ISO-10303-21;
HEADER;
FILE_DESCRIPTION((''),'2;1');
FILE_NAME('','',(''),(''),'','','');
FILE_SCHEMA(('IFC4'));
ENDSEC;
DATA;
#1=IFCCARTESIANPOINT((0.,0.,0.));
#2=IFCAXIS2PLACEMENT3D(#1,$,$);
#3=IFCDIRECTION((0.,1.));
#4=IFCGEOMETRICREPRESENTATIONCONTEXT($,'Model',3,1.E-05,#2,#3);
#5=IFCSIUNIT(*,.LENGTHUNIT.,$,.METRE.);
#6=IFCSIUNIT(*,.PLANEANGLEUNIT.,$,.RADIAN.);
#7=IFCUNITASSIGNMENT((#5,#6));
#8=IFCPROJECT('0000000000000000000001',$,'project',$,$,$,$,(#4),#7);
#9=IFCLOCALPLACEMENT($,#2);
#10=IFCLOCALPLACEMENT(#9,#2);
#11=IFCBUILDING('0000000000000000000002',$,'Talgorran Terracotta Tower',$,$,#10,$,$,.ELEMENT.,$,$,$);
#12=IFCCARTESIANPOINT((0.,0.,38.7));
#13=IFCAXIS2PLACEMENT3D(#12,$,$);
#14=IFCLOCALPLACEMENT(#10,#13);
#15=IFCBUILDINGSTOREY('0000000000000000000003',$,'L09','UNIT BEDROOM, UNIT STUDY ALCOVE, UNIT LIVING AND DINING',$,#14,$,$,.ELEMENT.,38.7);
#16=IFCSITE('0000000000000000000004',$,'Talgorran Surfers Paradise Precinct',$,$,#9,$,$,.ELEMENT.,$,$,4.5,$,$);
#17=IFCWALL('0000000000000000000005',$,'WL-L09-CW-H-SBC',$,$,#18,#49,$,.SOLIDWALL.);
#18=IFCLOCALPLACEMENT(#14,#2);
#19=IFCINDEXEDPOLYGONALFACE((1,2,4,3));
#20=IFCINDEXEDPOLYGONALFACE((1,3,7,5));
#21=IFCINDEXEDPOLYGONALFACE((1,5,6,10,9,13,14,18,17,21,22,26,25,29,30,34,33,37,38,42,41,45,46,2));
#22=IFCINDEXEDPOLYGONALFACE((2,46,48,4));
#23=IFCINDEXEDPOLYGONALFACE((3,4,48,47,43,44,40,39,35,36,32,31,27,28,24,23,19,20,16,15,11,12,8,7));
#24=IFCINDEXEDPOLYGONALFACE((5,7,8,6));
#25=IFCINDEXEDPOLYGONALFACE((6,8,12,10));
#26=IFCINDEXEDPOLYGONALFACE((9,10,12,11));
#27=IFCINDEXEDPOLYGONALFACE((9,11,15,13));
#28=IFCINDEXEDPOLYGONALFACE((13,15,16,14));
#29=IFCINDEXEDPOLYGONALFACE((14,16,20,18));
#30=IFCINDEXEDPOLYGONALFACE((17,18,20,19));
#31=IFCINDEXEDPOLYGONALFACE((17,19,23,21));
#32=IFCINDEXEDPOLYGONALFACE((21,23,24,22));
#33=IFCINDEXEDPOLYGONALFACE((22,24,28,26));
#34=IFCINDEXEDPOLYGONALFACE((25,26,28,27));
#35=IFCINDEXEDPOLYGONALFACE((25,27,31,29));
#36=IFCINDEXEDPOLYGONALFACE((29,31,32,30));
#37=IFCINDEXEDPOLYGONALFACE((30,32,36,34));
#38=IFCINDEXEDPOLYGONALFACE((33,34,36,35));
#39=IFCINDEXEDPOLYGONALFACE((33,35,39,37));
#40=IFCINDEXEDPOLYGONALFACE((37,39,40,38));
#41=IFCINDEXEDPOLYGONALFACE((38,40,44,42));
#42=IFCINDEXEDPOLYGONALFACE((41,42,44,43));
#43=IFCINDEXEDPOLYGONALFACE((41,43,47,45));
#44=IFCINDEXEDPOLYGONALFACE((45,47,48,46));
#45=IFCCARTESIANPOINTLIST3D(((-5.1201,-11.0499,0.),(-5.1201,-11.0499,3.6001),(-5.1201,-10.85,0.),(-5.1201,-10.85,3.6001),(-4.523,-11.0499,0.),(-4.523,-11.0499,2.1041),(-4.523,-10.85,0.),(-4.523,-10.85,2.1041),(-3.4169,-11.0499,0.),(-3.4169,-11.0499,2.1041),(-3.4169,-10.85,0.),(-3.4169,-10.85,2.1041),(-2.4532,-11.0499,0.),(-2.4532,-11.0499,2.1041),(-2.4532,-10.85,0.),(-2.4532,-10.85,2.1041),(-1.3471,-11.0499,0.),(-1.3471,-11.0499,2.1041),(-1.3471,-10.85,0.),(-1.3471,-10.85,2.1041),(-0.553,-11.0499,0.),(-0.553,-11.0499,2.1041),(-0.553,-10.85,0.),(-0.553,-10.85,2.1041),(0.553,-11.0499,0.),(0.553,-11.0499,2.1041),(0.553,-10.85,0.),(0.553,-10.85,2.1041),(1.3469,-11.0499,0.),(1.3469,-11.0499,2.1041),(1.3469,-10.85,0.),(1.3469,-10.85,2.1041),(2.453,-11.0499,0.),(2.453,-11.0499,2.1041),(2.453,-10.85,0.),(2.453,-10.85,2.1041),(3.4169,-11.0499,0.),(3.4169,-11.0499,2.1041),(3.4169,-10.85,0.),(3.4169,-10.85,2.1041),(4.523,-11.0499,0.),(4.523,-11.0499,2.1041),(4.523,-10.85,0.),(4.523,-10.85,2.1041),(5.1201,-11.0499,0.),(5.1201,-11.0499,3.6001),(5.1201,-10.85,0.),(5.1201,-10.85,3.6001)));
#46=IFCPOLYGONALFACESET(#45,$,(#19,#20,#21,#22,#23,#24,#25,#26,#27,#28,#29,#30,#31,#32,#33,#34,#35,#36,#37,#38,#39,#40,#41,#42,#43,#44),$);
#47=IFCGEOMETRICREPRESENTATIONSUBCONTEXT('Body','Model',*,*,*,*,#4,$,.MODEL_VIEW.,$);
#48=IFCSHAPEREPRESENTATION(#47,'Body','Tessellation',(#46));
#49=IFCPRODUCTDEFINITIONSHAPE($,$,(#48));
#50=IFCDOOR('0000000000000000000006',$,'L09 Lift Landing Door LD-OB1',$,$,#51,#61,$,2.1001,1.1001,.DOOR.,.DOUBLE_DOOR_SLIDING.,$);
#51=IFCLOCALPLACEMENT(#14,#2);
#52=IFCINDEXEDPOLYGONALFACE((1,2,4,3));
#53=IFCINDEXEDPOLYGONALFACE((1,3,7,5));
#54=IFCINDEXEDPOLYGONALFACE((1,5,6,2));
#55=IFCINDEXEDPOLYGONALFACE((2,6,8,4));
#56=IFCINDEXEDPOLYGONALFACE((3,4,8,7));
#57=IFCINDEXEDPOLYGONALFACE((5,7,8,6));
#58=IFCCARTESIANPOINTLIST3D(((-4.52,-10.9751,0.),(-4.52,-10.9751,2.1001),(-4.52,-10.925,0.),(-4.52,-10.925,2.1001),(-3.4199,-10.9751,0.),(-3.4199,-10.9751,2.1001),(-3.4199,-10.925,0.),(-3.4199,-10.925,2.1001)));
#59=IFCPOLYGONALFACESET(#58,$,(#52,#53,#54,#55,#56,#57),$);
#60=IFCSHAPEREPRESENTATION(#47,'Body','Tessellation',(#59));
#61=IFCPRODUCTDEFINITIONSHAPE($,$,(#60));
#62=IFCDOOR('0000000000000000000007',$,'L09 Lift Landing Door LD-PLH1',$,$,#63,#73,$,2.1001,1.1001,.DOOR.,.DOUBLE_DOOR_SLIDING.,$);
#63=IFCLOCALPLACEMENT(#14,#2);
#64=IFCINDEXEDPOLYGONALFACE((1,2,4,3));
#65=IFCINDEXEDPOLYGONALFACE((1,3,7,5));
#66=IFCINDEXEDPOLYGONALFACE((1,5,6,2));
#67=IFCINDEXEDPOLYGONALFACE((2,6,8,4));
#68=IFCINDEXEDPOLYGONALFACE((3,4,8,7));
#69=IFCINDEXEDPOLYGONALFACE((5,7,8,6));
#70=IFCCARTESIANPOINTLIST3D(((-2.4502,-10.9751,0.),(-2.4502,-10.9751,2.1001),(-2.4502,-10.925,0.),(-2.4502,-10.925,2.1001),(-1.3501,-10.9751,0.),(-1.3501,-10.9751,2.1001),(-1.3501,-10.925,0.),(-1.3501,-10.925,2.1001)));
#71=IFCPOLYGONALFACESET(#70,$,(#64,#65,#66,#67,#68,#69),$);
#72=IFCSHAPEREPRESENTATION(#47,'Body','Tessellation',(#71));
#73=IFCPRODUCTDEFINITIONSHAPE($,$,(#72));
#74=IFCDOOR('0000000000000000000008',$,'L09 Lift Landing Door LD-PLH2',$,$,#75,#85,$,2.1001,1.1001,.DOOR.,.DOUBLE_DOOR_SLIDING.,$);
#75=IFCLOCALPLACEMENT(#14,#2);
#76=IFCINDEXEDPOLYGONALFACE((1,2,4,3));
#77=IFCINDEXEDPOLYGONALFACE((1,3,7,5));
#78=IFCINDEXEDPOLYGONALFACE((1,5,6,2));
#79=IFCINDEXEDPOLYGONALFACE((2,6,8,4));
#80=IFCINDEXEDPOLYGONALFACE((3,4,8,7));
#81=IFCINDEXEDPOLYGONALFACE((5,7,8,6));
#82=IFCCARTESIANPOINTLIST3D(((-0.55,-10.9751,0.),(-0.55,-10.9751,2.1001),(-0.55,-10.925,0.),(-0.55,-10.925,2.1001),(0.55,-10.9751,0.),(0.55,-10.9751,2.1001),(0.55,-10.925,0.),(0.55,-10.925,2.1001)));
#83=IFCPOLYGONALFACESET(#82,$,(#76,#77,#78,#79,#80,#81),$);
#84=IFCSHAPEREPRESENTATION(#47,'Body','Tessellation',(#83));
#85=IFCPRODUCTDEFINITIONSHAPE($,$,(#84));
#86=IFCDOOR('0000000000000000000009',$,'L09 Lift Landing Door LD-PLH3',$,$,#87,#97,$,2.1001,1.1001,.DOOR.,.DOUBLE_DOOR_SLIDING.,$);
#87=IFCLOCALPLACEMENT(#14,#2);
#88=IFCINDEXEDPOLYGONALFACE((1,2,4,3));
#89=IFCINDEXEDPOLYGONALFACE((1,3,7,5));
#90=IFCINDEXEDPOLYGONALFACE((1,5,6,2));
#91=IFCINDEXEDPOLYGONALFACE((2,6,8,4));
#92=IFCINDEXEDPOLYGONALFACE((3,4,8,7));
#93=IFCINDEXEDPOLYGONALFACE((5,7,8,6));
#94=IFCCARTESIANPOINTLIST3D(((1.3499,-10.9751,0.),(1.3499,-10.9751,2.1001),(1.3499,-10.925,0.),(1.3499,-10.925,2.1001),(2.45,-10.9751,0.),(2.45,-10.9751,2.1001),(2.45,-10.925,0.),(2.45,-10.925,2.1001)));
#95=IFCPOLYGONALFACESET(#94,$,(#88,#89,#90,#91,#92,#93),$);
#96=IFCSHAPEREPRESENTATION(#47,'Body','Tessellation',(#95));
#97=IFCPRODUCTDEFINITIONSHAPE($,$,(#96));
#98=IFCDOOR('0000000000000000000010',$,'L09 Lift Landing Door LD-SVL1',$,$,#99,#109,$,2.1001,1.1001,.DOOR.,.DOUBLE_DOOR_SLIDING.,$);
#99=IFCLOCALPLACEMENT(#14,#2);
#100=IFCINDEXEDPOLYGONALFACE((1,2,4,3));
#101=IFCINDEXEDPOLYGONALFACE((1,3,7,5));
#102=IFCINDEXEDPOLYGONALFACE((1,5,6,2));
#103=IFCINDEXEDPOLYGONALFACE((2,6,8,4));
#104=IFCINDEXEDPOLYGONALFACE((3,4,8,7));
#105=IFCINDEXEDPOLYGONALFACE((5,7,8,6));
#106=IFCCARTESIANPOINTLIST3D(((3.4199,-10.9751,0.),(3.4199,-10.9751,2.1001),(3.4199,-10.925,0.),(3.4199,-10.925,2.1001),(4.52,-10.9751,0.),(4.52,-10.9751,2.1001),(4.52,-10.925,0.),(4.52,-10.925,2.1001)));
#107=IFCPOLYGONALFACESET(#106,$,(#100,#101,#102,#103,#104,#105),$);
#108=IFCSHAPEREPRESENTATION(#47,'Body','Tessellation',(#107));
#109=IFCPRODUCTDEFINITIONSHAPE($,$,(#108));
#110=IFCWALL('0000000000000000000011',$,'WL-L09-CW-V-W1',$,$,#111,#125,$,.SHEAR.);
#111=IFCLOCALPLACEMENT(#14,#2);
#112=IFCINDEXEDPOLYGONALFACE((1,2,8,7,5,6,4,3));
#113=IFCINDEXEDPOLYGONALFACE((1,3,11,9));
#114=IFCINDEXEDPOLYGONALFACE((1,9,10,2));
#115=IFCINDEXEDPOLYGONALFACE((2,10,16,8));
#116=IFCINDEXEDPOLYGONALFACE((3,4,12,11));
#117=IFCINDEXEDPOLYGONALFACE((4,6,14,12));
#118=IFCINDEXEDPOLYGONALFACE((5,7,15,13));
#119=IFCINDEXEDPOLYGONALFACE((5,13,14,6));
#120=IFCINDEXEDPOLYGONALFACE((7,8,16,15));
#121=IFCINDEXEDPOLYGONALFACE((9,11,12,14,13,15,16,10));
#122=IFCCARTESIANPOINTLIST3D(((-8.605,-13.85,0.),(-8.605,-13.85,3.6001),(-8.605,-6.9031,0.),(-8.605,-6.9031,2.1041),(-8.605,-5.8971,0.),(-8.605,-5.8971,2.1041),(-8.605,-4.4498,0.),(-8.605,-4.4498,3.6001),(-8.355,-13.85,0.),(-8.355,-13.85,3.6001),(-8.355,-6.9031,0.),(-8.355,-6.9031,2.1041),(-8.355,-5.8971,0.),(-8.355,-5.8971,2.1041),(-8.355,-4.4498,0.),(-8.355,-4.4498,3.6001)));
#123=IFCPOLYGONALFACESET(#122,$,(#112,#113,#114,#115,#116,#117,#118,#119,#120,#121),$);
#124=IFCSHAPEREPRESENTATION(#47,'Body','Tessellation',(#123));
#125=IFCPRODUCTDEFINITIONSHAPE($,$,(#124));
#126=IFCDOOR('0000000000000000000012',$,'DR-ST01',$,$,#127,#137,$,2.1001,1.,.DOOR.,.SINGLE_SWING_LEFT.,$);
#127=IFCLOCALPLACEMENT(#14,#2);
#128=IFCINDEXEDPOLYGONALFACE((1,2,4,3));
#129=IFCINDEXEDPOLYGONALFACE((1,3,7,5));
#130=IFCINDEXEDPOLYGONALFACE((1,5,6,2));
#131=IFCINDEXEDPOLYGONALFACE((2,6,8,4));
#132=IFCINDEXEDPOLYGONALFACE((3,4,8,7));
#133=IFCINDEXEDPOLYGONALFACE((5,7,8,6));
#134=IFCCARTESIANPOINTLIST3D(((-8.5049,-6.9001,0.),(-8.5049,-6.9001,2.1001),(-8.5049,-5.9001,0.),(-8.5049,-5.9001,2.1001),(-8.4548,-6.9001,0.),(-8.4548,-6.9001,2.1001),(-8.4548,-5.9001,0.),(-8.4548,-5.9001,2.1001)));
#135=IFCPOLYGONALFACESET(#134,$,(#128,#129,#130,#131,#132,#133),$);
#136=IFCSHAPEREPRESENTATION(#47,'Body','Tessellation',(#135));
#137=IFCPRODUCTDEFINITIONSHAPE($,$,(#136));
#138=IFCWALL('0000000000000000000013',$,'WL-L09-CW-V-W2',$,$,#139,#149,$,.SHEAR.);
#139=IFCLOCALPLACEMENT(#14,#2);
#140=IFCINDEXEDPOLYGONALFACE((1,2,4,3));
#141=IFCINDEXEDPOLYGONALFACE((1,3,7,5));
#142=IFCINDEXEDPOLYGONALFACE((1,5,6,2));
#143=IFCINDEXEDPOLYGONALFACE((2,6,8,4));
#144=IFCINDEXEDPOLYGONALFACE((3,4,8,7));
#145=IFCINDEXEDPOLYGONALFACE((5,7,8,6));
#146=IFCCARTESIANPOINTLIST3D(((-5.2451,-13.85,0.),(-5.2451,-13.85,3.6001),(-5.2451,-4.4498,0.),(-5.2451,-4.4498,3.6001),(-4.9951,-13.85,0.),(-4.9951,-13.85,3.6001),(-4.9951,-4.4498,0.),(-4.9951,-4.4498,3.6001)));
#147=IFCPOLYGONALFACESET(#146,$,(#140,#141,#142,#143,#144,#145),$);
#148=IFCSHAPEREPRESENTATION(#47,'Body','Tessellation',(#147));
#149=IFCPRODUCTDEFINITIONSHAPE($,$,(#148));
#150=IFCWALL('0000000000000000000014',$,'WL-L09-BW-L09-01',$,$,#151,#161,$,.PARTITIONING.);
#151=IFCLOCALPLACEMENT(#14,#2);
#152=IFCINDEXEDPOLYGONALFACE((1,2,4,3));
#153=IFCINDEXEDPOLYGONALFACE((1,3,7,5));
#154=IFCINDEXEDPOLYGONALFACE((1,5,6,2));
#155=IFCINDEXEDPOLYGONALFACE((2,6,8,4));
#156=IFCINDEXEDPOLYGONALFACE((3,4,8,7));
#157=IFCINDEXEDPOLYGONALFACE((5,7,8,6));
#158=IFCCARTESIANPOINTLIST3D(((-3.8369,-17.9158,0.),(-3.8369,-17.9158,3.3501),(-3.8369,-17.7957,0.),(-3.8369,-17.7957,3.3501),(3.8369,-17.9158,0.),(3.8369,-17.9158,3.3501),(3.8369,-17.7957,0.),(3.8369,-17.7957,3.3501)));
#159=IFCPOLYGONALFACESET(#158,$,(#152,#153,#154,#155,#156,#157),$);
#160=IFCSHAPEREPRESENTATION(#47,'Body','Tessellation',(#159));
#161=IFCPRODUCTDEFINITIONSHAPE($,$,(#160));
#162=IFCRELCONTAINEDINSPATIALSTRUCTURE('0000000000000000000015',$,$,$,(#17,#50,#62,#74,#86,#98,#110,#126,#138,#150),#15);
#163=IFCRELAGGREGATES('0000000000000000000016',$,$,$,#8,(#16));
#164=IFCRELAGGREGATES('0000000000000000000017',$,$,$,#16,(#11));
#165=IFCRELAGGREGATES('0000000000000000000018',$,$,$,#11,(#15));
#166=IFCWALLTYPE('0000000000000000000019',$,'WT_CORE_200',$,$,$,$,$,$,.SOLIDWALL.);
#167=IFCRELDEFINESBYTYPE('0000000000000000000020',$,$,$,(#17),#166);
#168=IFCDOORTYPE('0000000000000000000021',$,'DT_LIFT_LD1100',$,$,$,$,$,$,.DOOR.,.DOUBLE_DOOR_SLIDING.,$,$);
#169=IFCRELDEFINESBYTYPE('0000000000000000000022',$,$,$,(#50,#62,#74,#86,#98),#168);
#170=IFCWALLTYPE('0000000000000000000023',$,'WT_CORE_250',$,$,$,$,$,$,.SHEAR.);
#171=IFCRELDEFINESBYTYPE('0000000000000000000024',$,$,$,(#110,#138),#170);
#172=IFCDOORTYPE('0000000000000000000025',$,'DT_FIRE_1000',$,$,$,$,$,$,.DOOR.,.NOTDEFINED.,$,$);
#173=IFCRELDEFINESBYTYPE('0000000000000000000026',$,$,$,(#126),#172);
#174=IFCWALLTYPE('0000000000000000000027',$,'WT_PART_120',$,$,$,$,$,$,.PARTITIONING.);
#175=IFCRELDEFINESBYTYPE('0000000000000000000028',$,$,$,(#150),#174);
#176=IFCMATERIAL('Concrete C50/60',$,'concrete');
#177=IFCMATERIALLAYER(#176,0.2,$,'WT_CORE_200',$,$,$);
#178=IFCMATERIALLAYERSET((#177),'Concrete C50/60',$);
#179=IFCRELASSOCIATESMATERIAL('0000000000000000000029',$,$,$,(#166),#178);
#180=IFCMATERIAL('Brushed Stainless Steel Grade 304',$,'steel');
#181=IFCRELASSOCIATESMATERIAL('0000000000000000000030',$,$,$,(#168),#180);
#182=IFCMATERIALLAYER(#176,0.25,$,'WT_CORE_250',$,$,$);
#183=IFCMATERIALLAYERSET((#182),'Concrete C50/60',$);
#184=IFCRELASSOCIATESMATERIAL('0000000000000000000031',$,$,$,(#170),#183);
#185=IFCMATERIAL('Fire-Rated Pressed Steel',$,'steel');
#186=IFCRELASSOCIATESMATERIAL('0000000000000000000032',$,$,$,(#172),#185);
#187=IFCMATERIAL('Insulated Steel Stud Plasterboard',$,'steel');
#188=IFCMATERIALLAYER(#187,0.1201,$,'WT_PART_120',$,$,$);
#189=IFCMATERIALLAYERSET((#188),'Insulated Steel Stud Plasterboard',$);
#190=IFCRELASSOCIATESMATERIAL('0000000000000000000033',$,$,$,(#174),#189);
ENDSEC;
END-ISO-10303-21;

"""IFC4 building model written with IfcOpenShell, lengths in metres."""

from ifc_helpers import new_model, si_unit, direction, frame, frame_2d, origin, place, context, subcontext, project, spatial, rectangle, extrude, material, layer, layer_set, type_object, element, fill, save


model = new_model("IFC4")

# Units and contexts
model_context = context("Model", 3, precision=1e-05, world=origin(), true_north=direction((0.0, 1.0)))
body_context = subcontext(model_context, "Body", "Model", "MODEL_VIEW")
ifc_project = project(units=[si_unit("LENGTHUNIT", "METRE"), si_unit("PLANEANGLEUNIT", "RADIAN")], contexts=[model_context])

# Site, building, storey
site_placement = place(None, origin())
site = spatial("IfcSite", under=ifc_project, at=site_placement, Name="Talgorran Surfers Paradise Precinct", CompositionType="ELEMENT", RefElevation=4.5)
building_placement = place(site_placement, origin())
building = spatial("IfcBuilding", under=site, at=building_placement, Name="Talgorran Terracotta Tower", CompositionType="ELEMENT")
storey_placement = place(building_placement, frame((0.0, 0.0, 38.7)))
storey = spatial("IfcBuildingStorey", under=building, at=storey_placement, Name="L09", Description="UNIT BEDROOM, UNIT STUDY ALCOVE, UNIT LIVING AND DINING", CompositionType="ELEMENT", Elevation=38.7)

# Wall, openings, doors
ifc_material_1 = material(Name="Concrete C50/60", Category="concrete")
ifc_layer_1 = layer(ifc_material_1, 0.2, Name="WT_CORE_200")
ifc_layer_set_1 = layer_set([ifc_layer_1], Name="Concrete C50/60")
wall_type_1 = type_object("IfcWallType", Name="WT_CORE_200", PredefinedType="SOLIDWALL", material=ifc_layer_set_1)
ifc_material_2 = material(Name="Brushed Stainless Steel Grade 304", Category="steel")
door_type_1 = type_object("IfcDoorType", Name="DT_LIFT_LD1100", OperationType="DOUBLE_DOOR_SLIDING", PredefinedType="DOOR", material=ifc_material_2)
ifc_material_3 = material(Name="Fire-Rated Pressed Steel", Category="steel")
wall_1_placement = place(storey_placement, frame((-5.1201, -10.95, 0.0), z_axis=(0.0, 0.0, 1.0), x_axis=(1.0, 0.0, 0.0)))
wall_1 = element("IfcWall", 1, at=wall_1_placement, inside=storey, type_object=wall_type_1, Name="WL-L09-CW-H-SBC", PredefinedType="SOLIDWALL", context=body_context, shape_type="SweptSolid", body=[
    extrude(rectangle(XDim=10.2402, YDim=0.2, at=frame_2d((5.1201, 0.0))), origin(), (0.0, 0.0, 1.0), 3.6001),
])
opening_1_placement = place(wall_1_placement, frame((0.6001, 0.0, 0.0)))
opening_1 = element("IfcOpeningElement", 2, at=opening_1_placement, cuts=wall_1, PredefinedType="OPENING", context=body_context, shape_type="SweptSolid", body=[
    extrude(rectangle(XDim=1.1061, YDim=2.1041, at=frame_2d((0.55, 1.052))), frame((0.0, 0.1099, 0.0), z_axis=(0.0, -1.0, 0.0), x_axis=(1.0, 0.0, 0.0)), (0.0, 0.0, 1.0), 0.22),
])
opening_2_placement = place(wall_1_placement, frame((2.6699, 0.0, 0.0)))
opening_2 = element("IfcOpeningElement", 3, at=opening_2_placement, cuts=wall_1, PredefinedType="OPENING", context=body_context, shape_type="SweptSolid", body=[
    extrude(rectangle(XDim=1.1061, YDim=2.1041, at=frame_2d((0.55, 1.052))), frame((0.0, 0.1099, 0.0), z_axis=(0.0, -1.0, 0.0), x_axis=(1.0, 0.0, 0.0)), (0.0, 0.0, 1.0), 0.22),
])
opening_3_placement = place(wall_1_placement, frame((4.5701, 0.0, 0.0)))
opening_3 = element("IfcOpeningElement", 4, at=opening_3_placement, cuts=wall_1, PredefinedType="OPENING", context=body_context, shape_type="SweptSolid", body=[
    extrude(rectangle(XDim=1.1061, YDim=2.1041, at=frame_2d((0.55, 1.052))), frame((0.0, 0.1099, 0.0), z_axis=(0.0, -1.0, 0.0), x_axis=(1.0, 0.0, 0.0)), (0.0, 0.0, 1.0), 0.22),
])
opening_4_placement = place(wall_1_placement, frame((6.47, 0.0, 0.0)))
opening_4 = element("IfcOpeningElement", 5, at=opening_4_placement, cuts=wall_1, PredefinedType="OPENING", context=body_context, shape_type="SweptSolid", body=[
    extrude(rectangle(XDim=1.1061, YDim=2.1041, at=frame_2d((0.55, 1.052))), frame((0.0, 0.1099, 0.0), z_axis=(0.0, -1.0, 0.0), x_axis=(1.0, 0.0, 0.0)), (0.0, 0.0, 1.0), 0.22),
])
opening_5_placement = place(wall_1_placement, frame((8.54, 0.0, 0.0)))
opening_5 = element("IfcOpeningElement", 6, at=opening_5_placement, cuts=wall_1, PredefinedType="OPENING", context=body_context, shape_type="SweptSolid", body=[
    extrude(rectangle(XDim=1.1061, YDim=2.1041, at=frame_2d((0.55, 1.052))), frame((0.0, 0.1099, 0.0), z_axis=(0.0, -1.0, 0.0), x_axis=(1.0, 0.0, 0.0)), (0.0, 0.0, 1.0), 0.22),
])
door_1_placement = place(opening_1_placement, origin())
door_1 = element("IfcDoor", 7, at=door_1_placement, inside=storey, type_object=door_type_1, Name="L09 Lift Landing Door LD-OB1", OperationType="DOUBLE_DOOR_SLIDING", OverallHeight=2.1001, OverallWidth=1.1001, PredefinedType="DOOR", context=body_context, shape_type="SweptSolid", body=[
    extrude(rectangle(XDim=1.1001, YDim=2.1001, at=frame_2d((0.55, 1.05))), frame((0.0, 0.0249, 0.0), z_axis=(0.0, -1.0, 0.0), x_axis=(1.0, 0.0, 0.0)), (0.0, 0.0, 1.0), 0.05),
])
fill(opening_1, door_1)
door_2_placement = place(opening_2_placement, origin())
door_2 = element("IfcDoor", 8, at=door_2_placement, inside=storey, type_object=door_type_1, Name="L09 Lift Landing Door LD-PLH1", OperationType="DOUBLE_DOOR_SLIDING", OverallHeight=2.1001, OverallWidth=1.1001, PredefinedType="DOOR", context=body_context, shape_type="SweptSolid", body=[
    extrude(rectangle(XDim=1.1001, YDim=2.1001, at=frame_2d((0.55, 1.05))), frame((0.0, 0.0249, 0.0), z_axis=(0.0, -1.0, 0.0), x_axis=(1.0, 0.0, 0.0)), (0.0, 0.0, 1.0), 0.05),
])
fill(opening_2, door_2)
door_3_placement = place(opening_3_placement, origin())
door_3 = element("IfcDoor", 9, at=door_3_placement, inside=storey, type_object=door_type_1, Name="L09 Lift Landing Door LD-PLH2", OperationType="DOUBLE_DOOR_SLIDING", OverallHeight=2.1001, OverallWidth=1.1001, PredefinedType="DOOR", context=body_context, shape_type="SweptSolid", body=[
    extrude(rectangle(XDim=1.1001, YDim=2.1001, at=frame_2d((0.55, 1.05))), frame((0.0, 0.0249, 0.0), z_axis=(0.0, -1.0, 0.0), x_axis=(1.0, 0.0, 0.0)), (0.0, 0.0, 1.0), 0.05),
])
fill(opening_3, door_3)
door_4_placement = place(opening_4_placement, origin())
door_4 = element("IfcDoor", 10, at=door_4_placement, inside=storey, type_object=door_type_1, Name="L09 Lift Landing Door LD-PLH3", OperationType="DOUBLE_DOOR_SLIDING", OverallHeight=2.1001, OverallWidth=1.1001, PredefinedType="DOOR", context=body_context, shape_type="SweptSolid", body=[
    extrude(rectangle(XDim=1.1001, YDim=2.1001, at=frame_2d((0.55, 1.05))), frame((0.0, 0.0249, 0.0), z_axis=(0.0, -1.0, 0.0), x_axis=(1.0, 0.0, 0.0)), (0.0, 0.0, 1.0), 0.05),
])
fill(opening_4, door_4)
door_5_placement = place(opening_5_placement, origin())
door_5 = element("IfcDoor", 11, at=door_5_placement, inside=storey, type_object=door_type_1, Name="L09 Lift Landing Door LD-SVL1", OperationType="DOUBLE_DOOR_SLIDING", OverallHeight=2.1001, OverallWidth=1.1001, PredefinedType="DOOR", context=body_context, shape_type="SweptSolid", body=[
    extrude(rectangle(XDim=1.1001, YDim=2.1001, at=frame_2d((0.55, 1.05))), frame((0.0, 0.0249, 0.0), z_axis=(0.0, -1.0, 0.0), x_axis=(1.0, 0.0, 0.0)), (0.0, 0.0, 1.0), 0.05),
])
fill(opening_5, door_5)

# Wall, opening, door
ifc_layer_2 = layer(ifc_material_1, 0.25, Name="WT_CORE_250")
ifc_layer_set_2 = layer_set([ifc_layer_2], Name="Concrete C50/60")
wall_type_2 = type_object("IfcWallType", Name="WT_CORE_250", PredefinedType="SHEAR", material=ifc_layer_set_2)
wall_2_placement = place(storey_placement, frame((-8.48, -13.8501, 0.0), z_axis=(0.0, 0.0, 1.0), x_axis=(0.0, 1.0, 0.0)))
wall_2 = element("IfcWall", 12, at=wall_2_placement, inside=storey, type_object=wall_type_2, Name="WL-L09-CW-V-W1", PredefinedType="SHEAR", context=body_context, shape_type="SweptSolid", body=[
    extrude(rectangle(XDim=9.4001, YDim=0.25, at=frame_2d((4.7002, 0.0))), origin(), (0.0, 0.0, 1.0), 3.6001),
])
opening_6_placement = place(wall_2_placement, frame((6.95, 0.0, 0.0)))
opening_6 = element("IfcOpeningElement", 13, at=opening_6_placement, cuts=wall_2, PredefinedType="OPENING", context=body_context, shape_type="SweptSolid", body=[
    extrude(rectangle(XDim=1.006, YDim=2.1041, at=frame_2d((0.5, 1.052))), frame((0.0, 0.135, 0.0), z_axis=(0.0, -1.0, 0.0), x_axis=(1.0, 0.0, 0.0)), (0.0, 0.0, 1.0), 0.27),
])
door_type_2 = type_object("IfcDoorType", Name="DT_FIRE_1000", OperationType="NOTDEFINED", PredefinedType="DOOR", material=ifc_material_3)
door_6_placement = place(opening_6_placement, origin())
door_6 = element("IfcDoor", 14, at=door_6_placement, inside=storey, type_object=door_type_2, Name="DR-ST01", OperationType="SINGLE_SWING_LEFT", OverallHeight=2.1001, OverallWidth=1.0, PredefinedType="DOOR", context=body_context, shape_type="SweptSolid", body=[
    extrude(rectangle(XDim=1.0, YDim=2.1001, at=frame_2d((0.5, 1.05))), frame((0.0, 0.0249, 0.0), z_axis=(0.0, -1.0, 0.0), x_axis=(1.0, 0.0, 0.0)), (0.0, 0.0, 1.0), 0.05),
])
fill(opening_6, door_6)

# Walls
wall_3_placement = place(storey_placement, frame((-5.1201, -13.8501, 0.0), z_axis=(0.0, 0.0, 1.0), x_axis=(0.0, 1.0, 0.0)))
element("IfcWall", 15, at=wall_3_placement, inside=storey, type_object=wall_type_2, Name="WL-L09-CW-V-W2", PredefinedType="SHEAR", context=body_context, shape_type="SweptSolid", body=[
    extrude(rectangle(XDim=9.4001, YDim=0.25, at=frame_2d((4.7002, 0.0))), origin(), (0.0, 0.0, 1.0), 3.6001),
])
ifc_material_4 = material(Name="Insulated Steel Stud Plasterboard", Category="steel")
ifc_layer_3 = layer(ifc_material_4, 0.1201, Name="WT_PART_120")
ifc_layer_set_3 = layer_set([ifc_layer_3], Name="Insulated Steel Stud Plasterboard")
wall_type_3 = type_object("IfcWallType", Name="WT_PART_120", PredefinedType="PARTITIONING", material=ifc_layer_set_3)
wall_4_placement = place(storey_placement, frame((-3.8369, -17.8557, 0.0), z_axis=(0.0, 0.0, 1.0), x_axis=(1.0, 0.0, 0.0)))
element("IfcWall", 16, at=wall_4_placement, inside=storey, type_object=wall_type_3, Name="WL-L09-BW-L09-01", PredefinedType="PARTITIONING", context=body_context, shape_type="SweptSolid", body=[
    extrude(rectangle(XDim=7.6738, YDim=0.1201, at=frame_2d((3.8369, 0.0))), origin(), (0.0, 0.0, 1.0), 3.3501),
])

save(model, "model.ifc")
